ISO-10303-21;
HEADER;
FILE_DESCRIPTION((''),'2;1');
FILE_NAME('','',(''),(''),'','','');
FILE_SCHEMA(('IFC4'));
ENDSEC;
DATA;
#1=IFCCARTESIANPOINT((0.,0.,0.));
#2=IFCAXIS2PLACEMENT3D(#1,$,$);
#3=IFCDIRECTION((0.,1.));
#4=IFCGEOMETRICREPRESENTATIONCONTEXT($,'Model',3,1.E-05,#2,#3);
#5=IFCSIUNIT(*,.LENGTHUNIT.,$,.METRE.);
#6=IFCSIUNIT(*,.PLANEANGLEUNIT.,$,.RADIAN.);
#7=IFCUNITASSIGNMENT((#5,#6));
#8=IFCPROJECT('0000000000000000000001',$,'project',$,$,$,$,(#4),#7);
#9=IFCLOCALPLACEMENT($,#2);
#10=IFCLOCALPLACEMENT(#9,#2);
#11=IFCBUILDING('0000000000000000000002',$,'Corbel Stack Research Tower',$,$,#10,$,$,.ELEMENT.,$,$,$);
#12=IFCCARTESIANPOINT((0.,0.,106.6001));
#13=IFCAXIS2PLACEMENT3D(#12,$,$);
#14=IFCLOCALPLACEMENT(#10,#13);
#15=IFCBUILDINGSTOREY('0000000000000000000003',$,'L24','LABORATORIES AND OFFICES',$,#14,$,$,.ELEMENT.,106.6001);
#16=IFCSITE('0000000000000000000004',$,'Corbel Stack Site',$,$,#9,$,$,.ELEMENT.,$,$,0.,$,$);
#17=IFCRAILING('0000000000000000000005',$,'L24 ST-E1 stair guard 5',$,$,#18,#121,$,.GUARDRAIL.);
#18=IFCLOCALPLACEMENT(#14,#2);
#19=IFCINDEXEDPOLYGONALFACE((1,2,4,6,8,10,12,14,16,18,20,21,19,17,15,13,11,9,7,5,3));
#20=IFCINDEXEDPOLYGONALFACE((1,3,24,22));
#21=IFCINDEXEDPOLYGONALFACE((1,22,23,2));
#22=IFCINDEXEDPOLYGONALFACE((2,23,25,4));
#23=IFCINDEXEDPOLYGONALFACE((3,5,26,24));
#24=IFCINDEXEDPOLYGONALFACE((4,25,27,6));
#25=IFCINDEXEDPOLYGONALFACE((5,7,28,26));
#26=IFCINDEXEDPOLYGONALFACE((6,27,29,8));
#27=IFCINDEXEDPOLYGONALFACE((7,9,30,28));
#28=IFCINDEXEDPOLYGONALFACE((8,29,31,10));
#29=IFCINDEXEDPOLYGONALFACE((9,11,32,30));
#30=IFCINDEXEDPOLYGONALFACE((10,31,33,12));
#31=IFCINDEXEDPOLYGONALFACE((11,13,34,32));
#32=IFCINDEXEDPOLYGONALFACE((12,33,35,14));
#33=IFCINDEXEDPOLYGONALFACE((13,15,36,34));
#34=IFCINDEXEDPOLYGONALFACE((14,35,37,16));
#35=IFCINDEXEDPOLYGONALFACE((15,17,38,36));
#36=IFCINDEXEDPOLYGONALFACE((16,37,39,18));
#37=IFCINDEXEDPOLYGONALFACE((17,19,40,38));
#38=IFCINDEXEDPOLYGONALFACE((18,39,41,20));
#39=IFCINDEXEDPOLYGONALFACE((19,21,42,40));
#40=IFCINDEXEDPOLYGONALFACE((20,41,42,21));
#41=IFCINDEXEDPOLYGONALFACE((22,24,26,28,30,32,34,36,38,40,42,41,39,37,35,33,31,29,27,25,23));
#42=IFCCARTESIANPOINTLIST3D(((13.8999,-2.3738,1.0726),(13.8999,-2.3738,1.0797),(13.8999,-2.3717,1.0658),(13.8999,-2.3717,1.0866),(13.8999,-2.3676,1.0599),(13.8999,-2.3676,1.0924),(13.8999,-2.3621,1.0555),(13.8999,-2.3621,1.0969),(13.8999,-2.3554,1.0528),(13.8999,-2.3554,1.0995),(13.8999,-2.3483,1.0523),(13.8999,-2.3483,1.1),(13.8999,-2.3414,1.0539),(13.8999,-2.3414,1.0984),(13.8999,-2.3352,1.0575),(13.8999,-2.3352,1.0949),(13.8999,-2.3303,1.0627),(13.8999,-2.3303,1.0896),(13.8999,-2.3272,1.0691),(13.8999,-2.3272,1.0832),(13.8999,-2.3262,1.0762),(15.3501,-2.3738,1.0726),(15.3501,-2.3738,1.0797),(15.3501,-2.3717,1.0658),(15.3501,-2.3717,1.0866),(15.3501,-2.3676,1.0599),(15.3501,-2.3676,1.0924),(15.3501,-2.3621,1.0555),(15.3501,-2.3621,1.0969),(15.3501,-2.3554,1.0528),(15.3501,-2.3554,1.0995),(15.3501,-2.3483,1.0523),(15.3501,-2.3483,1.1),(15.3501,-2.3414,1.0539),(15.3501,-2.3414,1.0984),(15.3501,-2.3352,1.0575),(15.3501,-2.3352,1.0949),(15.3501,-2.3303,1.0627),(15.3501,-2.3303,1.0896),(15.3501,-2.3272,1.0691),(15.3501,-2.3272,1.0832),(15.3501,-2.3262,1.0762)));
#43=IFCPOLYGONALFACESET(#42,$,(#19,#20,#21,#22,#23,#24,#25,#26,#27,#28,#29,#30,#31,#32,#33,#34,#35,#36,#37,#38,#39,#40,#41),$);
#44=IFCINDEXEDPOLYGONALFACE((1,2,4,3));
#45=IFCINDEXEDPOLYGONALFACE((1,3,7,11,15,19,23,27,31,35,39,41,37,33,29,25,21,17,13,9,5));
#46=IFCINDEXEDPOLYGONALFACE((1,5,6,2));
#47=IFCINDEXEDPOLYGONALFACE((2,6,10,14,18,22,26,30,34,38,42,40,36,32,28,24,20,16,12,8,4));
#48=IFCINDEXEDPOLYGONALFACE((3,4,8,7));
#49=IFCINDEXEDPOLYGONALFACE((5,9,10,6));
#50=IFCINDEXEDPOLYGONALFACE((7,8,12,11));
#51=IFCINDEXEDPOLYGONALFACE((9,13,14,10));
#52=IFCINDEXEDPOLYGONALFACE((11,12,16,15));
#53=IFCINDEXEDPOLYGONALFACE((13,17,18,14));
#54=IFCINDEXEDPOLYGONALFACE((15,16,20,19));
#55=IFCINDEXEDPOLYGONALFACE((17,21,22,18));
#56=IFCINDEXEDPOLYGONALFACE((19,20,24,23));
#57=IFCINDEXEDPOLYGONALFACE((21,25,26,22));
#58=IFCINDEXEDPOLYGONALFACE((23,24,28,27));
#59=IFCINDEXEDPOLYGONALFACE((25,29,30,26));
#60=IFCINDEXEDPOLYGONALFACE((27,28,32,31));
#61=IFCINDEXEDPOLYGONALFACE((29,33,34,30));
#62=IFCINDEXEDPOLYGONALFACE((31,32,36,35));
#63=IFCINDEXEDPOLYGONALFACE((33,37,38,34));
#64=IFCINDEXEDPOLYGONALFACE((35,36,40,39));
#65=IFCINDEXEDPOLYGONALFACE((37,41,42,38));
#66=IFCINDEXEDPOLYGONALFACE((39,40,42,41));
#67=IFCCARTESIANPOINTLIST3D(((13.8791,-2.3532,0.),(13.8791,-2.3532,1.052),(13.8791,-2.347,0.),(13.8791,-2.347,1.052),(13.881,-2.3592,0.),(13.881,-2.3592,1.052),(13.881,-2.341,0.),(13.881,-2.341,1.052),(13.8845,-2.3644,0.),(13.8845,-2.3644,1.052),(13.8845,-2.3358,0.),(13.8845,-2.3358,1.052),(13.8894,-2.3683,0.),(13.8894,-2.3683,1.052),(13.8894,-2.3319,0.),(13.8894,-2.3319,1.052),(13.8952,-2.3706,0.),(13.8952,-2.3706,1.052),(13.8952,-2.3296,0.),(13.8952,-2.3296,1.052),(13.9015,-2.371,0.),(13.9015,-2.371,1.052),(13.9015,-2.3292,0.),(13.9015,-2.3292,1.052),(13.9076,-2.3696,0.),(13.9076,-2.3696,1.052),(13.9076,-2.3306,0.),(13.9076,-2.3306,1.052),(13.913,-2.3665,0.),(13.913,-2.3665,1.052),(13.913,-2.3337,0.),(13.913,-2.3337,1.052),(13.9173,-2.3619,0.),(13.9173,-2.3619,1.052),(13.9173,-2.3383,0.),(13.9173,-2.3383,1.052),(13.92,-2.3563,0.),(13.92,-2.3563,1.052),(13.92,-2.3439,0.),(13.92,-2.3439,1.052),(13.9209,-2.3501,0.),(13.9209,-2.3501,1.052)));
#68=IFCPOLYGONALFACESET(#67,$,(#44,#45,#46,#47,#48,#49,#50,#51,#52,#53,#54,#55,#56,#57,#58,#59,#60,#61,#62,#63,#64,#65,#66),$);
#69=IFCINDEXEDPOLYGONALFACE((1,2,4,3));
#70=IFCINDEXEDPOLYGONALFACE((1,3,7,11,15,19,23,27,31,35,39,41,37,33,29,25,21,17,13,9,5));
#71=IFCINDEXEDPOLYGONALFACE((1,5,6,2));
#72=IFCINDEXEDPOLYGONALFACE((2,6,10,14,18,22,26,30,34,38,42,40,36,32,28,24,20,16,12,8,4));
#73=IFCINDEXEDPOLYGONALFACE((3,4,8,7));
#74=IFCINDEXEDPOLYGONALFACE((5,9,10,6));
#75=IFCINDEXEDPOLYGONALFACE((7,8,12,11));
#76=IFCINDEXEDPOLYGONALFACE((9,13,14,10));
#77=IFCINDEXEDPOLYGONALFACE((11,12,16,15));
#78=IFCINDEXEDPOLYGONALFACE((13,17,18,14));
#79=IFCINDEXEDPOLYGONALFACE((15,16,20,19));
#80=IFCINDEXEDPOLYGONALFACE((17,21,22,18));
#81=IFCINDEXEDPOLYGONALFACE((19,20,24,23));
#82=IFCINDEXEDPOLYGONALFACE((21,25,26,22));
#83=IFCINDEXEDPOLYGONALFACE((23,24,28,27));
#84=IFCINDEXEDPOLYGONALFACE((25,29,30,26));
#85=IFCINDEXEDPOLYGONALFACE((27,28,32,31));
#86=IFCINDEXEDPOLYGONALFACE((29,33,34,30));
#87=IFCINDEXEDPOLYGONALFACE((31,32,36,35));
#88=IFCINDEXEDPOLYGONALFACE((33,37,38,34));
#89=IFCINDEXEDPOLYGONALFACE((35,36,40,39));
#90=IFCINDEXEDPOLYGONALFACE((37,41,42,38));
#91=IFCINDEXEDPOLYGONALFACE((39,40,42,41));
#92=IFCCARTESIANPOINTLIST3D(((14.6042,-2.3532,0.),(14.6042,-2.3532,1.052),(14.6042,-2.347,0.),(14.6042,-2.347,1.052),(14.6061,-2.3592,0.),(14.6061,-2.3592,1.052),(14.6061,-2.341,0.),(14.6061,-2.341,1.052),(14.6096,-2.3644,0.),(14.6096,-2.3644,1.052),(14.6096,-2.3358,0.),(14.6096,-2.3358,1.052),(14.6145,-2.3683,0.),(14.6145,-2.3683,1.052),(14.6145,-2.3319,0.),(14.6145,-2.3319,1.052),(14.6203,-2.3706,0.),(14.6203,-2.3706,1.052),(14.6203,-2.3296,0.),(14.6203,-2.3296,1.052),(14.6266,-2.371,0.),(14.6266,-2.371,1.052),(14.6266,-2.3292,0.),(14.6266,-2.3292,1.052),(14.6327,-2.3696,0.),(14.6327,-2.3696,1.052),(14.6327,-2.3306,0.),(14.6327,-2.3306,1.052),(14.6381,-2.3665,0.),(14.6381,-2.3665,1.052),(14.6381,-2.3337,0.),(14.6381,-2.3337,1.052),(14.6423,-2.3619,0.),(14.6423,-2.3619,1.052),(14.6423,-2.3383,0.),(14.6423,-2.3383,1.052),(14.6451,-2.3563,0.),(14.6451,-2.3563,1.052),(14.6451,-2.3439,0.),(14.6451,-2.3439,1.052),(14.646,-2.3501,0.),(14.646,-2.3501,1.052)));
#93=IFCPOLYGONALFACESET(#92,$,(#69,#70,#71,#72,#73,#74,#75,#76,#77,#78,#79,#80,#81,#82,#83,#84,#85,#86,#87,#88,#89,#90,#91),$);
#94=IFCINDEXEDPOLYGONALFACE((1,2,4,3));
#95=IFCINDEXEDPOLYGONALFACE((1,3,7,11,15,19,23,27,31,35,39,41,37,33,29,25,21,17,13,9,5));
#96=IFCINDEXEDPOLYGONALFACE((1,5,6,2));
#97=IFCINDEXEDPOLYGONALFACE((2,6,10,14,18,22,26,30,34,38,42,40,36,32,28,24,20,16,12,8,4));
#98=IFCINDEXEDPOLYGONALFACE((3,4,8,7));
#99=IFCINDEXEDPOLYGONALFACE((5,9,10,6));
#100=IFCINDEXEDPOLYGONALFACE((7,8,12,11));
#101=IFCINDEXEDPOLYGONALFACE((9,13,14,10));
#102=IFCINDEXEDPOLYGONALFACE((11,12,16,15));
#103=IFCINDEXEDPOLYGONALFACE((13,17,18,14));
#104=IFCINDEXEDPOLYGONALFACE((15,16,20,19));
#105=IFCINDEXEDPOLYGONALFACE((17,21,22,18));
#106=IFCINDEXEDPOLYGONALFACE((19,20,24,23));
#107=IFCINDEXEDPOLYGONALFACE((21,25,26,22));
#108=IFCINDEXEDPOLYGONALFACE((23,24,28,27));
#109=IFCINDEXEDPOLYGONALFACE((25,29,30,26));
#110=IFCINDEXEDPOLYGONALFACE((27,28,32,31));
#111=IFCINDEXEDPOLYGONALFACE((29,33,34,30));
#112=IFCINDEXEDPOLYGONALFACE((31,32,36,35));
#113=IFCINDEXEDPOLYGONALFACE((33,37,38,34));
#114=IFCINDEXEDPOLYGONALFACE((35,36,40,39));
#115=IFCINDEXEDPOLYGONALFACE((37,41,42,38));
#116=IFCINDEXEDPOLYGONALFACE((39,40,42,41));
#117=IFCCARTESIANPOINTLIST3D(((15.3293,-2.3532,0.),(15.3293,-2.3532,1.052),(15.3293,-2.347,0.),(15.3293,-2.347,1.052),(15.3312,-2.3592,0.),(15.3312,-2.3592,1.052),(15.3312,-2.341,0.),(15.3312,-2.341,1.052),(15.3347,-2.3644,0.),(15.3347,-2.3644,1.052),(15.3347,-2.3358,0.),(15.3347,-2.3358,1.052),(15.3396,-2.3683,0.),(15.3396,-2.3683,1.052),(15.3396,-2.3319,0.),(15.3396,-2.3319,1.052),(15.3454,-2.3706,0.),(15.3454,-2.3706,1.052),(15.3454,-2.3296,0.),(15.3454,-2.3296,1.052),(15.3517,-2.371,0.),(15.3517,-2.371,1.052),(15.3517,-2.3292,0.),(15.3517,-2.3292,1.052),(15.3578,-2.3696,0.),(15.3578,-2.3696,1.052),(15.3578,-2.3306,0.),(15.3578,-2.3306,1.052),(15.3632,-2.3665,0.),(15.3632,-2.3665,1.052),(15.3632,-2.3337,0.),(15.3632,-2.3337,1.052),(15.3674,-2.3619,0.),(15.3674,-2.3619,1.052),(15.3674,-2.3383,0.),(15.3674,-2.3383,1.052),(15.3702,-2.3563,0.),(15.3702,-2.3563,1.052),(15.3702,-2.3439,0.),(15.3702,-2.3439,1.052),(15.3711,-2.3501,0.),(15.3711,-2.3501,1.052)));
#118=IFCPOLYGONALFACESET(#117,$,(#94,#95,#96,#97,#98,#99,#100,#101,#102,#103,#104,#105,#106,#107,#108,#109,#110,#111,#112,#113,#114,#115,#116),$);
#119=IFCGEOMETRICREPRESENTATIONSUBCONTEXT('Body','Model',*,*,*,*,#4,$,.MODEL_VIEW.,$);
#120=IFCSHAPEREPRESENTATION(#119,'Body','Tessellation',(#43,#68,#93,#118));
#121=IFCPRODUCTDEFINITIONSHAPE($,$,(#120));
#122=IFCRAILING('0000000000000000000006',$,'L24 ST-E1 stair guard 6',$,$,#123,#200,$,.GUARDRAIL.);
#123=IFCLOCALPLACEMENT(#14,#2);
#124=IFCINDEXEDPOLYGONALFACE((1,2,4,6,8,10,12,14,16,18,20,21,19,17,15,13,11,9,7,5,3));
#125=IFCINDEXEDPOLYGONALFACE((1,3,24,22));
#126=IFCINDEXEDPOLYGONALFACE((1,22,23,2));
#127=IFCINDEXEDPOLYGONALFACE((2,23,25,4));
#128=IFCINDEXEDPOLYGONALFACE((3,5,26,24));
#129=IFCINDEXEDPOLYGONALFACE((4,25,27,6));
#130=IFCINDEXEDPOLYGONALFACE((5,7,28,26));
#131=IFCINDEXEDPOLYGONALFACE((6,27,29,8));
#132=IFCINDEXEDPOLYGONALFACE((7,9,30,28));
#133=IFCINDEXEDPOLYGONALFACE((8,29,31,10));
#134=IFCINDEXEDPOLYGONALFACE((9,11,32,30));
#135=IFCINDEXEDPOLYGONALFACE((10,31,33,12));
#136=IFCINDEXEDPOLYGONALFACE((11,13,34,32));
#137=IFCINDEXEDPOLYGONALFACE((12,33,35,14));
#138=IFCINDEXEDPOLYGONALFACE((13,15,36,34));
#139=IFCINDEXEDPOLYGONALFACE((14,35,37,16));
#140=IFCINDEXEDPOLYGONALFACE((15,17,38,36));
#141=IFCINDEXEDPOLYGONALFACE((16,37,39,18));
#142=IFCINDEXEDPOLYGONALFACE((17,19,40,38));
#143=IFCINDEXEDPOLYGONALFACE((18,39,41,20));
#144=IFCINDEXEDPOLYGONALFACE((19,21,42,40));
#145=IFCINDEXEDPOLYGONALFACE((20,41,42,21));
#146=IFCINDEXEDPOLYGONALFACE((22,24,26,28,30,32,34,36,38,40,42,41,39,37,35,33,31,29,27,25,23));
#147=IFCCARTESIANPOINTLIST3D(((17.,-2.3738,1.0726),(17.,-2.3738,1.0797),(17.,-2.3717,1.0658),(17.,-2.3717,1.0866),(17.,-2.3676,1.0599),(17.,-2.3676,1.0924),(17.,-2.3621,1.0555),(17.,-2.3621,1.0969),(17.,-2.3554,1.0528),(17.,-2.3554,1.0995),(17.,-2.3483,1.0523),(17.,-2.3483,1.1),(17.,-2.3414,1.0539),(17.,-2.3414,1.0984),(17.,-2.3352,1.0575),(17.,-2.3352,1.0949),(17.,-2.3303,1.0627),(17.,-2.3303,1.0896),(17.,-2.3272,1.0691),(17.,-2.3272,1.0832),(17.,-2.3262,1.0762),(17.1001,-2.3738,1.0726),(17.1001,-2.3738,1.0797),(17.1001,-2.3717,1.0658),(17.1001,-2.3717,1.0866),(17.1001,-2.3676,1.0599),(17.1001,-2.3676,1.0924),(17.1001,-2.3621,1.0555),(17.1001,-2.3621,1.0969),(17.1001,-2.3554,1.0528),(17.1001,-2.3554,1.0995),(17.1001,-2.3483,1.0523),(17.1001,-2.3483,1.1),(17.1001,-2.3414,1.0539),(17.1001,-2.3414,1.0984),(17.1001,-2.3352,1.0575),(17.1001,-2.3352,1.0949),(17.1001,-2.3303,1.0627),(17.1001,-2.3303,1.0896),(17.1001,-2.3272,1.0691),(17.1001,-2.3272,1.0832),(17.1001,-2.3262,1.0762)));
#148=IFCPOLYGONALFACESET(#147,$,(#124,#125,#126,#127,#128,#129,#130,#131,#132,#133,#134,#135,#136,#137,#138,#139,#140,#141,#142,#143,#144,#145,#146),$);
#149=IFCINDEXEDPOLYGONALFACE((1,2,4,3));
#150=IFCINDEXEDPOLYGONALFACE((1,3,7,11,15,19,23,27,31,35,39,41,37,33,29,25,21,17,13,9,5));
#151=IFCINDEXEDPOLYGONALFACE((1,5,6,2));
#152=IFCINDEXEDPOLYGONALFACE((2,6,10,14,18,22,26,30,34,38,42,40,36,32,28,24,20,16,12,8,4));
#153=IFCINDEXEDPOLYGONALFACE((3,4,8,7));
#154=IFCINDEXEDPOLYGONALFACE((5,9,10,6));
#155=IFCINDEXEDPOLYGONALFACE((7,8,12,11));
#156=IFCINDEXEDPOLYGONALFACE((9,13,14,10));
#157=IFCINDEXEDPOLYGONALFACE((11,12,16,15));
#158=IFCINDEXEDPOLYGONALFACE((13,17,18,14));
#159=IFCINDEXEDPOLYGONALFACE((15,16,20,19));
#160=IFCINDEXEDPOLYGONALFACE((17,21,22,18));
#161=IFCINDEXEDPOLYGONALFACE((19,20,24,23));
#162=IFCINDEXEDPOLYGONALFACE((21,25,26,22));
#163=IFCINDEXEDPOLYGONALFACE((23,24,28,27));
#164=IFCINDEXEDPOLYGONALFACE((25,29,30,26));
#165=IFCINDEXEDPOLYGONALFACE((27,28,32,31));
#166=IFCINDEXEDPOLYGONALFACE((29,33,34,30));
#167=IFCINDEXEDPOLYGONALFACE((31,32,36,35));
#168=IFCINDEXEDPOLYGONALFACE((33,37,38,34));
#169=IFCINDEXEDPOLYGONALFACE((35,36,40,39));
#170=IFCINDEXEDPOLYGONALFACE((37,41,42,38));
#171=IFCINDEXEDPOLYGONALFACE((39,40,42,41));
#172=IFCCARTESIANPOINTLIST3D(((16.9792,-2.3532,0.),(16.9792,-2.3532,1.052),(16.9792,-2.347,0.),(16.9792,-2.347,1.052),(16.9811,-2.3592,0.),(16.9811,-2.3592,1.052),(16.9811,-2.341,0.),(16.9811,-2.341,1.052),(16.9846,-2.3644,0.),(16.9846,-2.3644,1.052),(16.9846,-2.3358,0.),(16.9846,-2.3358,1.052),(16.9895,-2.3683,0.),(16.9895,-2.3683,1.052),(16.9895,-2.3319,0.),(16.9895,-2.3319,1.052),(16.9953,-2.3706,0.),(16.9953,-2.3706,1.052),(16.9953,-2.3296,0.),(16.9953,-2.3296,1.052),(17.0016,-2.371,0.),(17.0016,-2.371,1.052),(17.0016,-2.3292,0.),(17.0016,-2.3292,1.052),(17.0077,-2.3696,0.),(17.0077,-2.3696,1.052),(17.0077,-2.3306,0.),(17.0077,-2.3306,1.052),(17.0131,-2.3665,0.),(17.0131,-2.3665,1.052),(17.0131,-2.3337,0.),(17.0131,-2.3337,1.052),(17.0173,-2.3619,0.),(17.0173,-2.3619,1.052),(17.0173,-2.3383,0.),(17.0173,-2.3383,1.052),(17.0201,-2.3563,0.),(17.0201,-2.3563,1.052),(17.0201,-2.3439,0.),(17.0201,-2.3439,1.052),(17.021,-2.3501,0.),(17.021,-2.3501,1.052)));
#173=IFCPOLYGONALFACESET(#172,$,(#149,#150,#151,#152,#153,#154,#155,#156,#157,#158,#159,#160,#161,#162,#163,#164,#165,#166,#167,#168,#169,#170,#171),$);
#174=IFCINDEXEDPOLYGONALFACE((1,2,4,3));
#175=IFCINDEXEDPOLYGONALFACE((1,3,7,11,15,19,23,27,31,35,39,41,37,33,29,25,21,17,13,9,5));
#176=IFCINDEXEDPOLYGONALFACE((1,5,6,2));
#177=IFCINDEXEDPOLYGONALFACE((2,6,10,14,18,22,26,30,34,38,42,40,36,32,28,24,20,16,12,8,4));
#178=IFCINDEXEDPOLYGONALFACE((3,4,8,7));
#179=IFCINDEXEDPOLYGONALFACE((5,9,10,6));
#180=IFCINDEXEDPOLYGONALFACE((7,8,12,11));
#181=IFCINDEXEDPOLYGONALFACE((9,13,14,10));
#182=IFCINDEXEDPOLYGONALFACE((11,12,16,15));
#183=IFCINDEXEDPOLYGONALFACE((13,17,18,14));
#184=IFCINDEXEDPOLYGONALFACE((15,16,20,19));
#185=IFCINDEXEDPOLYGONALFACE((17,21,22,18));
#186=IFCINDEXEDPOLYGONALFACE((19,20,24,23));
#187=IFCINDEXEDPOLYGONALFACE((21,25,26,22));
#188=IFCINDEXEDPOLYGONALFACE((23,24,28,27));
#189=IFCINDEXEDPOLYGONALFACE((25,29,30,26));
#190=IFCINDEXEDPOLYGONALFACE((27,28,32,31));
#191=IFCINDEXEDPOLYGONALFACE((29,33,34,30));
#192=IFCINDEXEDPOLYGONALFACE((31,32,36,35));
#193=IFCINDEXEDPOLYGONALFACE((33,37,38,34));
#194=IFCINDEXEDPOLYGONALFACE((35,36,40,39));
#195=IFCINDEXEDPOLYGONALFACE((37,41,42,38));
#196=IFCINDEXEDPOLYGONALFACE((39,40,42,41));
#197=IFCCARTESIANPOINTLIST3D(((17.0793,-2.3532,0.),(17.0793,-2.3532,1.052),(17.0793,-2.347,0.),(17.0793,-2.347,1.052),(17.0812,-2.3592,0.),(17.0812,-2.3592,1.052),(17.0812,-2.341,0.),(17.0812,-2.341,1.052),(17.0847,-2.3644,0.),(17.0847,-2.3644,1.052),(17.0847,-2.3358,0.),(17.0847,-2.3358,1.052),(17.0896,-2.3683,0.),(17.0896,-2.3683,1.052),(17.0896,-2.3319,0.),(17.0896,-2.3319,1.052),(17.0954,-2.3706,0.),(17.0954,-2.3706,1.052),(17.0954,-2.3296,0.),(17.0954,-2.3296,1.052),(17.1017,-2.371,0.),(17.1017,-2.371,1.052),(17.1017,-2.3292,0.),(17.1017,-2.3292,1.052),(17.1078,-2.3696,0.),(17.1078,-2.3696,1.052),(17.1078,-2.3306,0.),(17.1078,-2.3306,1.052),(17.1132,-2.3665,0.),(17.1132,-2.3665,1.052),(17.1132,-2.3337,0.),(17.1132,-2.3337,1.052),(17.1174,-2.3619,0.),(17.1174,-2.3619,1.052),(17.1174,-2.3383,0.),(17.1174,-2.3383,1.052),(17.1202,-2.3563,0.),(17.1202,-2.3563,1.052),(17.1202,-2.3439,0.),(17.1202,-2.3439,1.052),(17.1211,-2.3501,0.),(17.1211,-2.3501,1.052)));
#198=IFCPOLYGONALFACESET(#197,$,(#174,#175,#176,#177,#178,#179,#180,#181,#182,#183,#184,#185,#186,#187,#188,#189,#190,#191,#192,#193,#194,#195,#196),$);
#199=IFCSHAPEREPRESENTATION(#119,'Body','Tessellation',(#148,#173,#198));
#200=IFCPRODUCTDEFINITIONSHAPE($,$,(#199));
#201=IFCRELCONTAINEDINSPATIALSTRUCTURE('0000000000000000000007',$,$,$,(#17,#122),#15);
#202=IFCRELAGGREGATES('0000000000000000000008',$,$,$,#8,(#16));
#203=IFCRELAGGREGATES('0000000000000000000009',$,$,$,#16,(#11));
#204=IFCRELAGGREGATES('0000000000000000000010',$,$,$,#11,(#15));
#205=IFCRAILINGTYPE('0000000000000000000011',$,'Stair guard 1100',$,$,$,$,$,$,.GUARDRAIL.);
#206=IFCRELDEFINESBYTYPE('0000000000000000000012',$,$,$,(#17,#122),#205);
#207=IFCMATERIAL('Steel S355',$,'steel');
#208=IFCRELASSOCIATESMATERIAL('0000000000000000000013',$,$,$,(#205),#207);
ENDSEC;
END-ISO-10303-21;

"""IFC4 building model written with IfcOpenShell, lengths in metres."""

from ifc_helpers import new_model, si_unit, direction, frame, origin, origin_2d, place, context, subcontext, project, spatial, circle, extrude, material, type_object, element, save


model = new_model("IFC4")

# Units and contexts
model_context = context("Model", 3, precision=1e-05, world=origin(), true_north=direction((0.0, 1.0)))
body_context = subcontext(model_context, "Body", "Model", "MODEL_VIEW")
ifc_project = project(units=[si_unit("LENGTHUNIT", "METRE"), si_unit("PLANEANGLEUNIT", "RADIAN")], contexts=[model_context])

# Site, building, storey
site_placement = place(None, origin())
site = spatial("IfcSite", under=ifc_project, at=site_placement, Name="Corbel Stack Site", CompositionType="ELEMENT", RefElevation=0.0)
building_placement = place(site_placement, origin())
building = spatial("IfcBuilding", under=site, at=building_placement, Name="Corbel Stack Research Tower", CompositionType="ELEMENT")
storey_placement = place(building_placement, frame((0.0, 0.0, 106.6001)))
storey = spatial("IfcBuildingStorey", under=building, at=storey_placement, Name="L24", Description="LABORATORIES AND OFFICES", CompositionType="ELEMENT", Elevation=106.6001)

# Railings
ifc_material_1 = material(Name="Steel S355", Category="steel")
railing_type_1 = type_object("IfcRailingType", Name="Stair guard 1100", PredefinedType="GUARDRAIL", material=ifc_material_1)
railing_1_placement = place(storey_placement, frame((13.8999, -2.3501, 0.0)))
element("IfcRailing", 1, at=railing_1_placement, inside=storey, type_object=railing_type_1, Name="L24 ST-E1 stair guard 5", PredefinedType="GUARDRAIL", context=body_context, shape_type="SweptSolid", body=[
    extrude(circle(Radius=0.0239, at=origin_2d()), frame((0.0, 0.0, 1.0762), z_axis=(1.0, 0.0, 0.0), x_axis=(0.0, 1.0, 0.0)), (0.0, 0.0, 1.0), 1.4502),
    extrude(circle(Radius=0.021, at=origin_2d()), origin(), (0.0, 0.0, 1.0), 1.052),
    extrude(circle(Radius=0.021, at=origin_2d()), frame((0.7251, 0.0, 0.0)), (0.0, 0.0, 1.0), 1.052),
    extrude(circle(Radius=0.021, at=origin_2d()), frame((1.4502, 0.0, 0.0)), (0.0, 0.0, 1.0), 1.052),
])
railing_2_placement = place(storey_placement, frame((17.0, -2.3501, 0.0)))
element("IfcRailing", 2, at=railing_2_placement, inside=storey, type_object=railing_type_1, Name="L24 ST-E1 stair guard 6", PredefinedType="GUARDRAIL", context=body_context, shape_type="SweptSolid", body=[
    extrude(circle(Radius=0.0239, at=origin_2d()), frame((0.0, 0.0, 1.0762), z_axis=(1.0, 0.0, 0.0), x_axis=(0.0, 1.0, 0.0)), (0.0, 0.0, 1.0), 0.1001),
    extrude(circle(Radius=0.021, at=origin_2d()), origin(), (0.0, 0.0, 1.0), 1.052),
    extrude(circle(Radius=0.021, at=origin_2d()), frame((0.1001, 0.0, 0.0)), (0.0, 0.0, 1.0), 1.052),
])

save(model, "model.ifc")
